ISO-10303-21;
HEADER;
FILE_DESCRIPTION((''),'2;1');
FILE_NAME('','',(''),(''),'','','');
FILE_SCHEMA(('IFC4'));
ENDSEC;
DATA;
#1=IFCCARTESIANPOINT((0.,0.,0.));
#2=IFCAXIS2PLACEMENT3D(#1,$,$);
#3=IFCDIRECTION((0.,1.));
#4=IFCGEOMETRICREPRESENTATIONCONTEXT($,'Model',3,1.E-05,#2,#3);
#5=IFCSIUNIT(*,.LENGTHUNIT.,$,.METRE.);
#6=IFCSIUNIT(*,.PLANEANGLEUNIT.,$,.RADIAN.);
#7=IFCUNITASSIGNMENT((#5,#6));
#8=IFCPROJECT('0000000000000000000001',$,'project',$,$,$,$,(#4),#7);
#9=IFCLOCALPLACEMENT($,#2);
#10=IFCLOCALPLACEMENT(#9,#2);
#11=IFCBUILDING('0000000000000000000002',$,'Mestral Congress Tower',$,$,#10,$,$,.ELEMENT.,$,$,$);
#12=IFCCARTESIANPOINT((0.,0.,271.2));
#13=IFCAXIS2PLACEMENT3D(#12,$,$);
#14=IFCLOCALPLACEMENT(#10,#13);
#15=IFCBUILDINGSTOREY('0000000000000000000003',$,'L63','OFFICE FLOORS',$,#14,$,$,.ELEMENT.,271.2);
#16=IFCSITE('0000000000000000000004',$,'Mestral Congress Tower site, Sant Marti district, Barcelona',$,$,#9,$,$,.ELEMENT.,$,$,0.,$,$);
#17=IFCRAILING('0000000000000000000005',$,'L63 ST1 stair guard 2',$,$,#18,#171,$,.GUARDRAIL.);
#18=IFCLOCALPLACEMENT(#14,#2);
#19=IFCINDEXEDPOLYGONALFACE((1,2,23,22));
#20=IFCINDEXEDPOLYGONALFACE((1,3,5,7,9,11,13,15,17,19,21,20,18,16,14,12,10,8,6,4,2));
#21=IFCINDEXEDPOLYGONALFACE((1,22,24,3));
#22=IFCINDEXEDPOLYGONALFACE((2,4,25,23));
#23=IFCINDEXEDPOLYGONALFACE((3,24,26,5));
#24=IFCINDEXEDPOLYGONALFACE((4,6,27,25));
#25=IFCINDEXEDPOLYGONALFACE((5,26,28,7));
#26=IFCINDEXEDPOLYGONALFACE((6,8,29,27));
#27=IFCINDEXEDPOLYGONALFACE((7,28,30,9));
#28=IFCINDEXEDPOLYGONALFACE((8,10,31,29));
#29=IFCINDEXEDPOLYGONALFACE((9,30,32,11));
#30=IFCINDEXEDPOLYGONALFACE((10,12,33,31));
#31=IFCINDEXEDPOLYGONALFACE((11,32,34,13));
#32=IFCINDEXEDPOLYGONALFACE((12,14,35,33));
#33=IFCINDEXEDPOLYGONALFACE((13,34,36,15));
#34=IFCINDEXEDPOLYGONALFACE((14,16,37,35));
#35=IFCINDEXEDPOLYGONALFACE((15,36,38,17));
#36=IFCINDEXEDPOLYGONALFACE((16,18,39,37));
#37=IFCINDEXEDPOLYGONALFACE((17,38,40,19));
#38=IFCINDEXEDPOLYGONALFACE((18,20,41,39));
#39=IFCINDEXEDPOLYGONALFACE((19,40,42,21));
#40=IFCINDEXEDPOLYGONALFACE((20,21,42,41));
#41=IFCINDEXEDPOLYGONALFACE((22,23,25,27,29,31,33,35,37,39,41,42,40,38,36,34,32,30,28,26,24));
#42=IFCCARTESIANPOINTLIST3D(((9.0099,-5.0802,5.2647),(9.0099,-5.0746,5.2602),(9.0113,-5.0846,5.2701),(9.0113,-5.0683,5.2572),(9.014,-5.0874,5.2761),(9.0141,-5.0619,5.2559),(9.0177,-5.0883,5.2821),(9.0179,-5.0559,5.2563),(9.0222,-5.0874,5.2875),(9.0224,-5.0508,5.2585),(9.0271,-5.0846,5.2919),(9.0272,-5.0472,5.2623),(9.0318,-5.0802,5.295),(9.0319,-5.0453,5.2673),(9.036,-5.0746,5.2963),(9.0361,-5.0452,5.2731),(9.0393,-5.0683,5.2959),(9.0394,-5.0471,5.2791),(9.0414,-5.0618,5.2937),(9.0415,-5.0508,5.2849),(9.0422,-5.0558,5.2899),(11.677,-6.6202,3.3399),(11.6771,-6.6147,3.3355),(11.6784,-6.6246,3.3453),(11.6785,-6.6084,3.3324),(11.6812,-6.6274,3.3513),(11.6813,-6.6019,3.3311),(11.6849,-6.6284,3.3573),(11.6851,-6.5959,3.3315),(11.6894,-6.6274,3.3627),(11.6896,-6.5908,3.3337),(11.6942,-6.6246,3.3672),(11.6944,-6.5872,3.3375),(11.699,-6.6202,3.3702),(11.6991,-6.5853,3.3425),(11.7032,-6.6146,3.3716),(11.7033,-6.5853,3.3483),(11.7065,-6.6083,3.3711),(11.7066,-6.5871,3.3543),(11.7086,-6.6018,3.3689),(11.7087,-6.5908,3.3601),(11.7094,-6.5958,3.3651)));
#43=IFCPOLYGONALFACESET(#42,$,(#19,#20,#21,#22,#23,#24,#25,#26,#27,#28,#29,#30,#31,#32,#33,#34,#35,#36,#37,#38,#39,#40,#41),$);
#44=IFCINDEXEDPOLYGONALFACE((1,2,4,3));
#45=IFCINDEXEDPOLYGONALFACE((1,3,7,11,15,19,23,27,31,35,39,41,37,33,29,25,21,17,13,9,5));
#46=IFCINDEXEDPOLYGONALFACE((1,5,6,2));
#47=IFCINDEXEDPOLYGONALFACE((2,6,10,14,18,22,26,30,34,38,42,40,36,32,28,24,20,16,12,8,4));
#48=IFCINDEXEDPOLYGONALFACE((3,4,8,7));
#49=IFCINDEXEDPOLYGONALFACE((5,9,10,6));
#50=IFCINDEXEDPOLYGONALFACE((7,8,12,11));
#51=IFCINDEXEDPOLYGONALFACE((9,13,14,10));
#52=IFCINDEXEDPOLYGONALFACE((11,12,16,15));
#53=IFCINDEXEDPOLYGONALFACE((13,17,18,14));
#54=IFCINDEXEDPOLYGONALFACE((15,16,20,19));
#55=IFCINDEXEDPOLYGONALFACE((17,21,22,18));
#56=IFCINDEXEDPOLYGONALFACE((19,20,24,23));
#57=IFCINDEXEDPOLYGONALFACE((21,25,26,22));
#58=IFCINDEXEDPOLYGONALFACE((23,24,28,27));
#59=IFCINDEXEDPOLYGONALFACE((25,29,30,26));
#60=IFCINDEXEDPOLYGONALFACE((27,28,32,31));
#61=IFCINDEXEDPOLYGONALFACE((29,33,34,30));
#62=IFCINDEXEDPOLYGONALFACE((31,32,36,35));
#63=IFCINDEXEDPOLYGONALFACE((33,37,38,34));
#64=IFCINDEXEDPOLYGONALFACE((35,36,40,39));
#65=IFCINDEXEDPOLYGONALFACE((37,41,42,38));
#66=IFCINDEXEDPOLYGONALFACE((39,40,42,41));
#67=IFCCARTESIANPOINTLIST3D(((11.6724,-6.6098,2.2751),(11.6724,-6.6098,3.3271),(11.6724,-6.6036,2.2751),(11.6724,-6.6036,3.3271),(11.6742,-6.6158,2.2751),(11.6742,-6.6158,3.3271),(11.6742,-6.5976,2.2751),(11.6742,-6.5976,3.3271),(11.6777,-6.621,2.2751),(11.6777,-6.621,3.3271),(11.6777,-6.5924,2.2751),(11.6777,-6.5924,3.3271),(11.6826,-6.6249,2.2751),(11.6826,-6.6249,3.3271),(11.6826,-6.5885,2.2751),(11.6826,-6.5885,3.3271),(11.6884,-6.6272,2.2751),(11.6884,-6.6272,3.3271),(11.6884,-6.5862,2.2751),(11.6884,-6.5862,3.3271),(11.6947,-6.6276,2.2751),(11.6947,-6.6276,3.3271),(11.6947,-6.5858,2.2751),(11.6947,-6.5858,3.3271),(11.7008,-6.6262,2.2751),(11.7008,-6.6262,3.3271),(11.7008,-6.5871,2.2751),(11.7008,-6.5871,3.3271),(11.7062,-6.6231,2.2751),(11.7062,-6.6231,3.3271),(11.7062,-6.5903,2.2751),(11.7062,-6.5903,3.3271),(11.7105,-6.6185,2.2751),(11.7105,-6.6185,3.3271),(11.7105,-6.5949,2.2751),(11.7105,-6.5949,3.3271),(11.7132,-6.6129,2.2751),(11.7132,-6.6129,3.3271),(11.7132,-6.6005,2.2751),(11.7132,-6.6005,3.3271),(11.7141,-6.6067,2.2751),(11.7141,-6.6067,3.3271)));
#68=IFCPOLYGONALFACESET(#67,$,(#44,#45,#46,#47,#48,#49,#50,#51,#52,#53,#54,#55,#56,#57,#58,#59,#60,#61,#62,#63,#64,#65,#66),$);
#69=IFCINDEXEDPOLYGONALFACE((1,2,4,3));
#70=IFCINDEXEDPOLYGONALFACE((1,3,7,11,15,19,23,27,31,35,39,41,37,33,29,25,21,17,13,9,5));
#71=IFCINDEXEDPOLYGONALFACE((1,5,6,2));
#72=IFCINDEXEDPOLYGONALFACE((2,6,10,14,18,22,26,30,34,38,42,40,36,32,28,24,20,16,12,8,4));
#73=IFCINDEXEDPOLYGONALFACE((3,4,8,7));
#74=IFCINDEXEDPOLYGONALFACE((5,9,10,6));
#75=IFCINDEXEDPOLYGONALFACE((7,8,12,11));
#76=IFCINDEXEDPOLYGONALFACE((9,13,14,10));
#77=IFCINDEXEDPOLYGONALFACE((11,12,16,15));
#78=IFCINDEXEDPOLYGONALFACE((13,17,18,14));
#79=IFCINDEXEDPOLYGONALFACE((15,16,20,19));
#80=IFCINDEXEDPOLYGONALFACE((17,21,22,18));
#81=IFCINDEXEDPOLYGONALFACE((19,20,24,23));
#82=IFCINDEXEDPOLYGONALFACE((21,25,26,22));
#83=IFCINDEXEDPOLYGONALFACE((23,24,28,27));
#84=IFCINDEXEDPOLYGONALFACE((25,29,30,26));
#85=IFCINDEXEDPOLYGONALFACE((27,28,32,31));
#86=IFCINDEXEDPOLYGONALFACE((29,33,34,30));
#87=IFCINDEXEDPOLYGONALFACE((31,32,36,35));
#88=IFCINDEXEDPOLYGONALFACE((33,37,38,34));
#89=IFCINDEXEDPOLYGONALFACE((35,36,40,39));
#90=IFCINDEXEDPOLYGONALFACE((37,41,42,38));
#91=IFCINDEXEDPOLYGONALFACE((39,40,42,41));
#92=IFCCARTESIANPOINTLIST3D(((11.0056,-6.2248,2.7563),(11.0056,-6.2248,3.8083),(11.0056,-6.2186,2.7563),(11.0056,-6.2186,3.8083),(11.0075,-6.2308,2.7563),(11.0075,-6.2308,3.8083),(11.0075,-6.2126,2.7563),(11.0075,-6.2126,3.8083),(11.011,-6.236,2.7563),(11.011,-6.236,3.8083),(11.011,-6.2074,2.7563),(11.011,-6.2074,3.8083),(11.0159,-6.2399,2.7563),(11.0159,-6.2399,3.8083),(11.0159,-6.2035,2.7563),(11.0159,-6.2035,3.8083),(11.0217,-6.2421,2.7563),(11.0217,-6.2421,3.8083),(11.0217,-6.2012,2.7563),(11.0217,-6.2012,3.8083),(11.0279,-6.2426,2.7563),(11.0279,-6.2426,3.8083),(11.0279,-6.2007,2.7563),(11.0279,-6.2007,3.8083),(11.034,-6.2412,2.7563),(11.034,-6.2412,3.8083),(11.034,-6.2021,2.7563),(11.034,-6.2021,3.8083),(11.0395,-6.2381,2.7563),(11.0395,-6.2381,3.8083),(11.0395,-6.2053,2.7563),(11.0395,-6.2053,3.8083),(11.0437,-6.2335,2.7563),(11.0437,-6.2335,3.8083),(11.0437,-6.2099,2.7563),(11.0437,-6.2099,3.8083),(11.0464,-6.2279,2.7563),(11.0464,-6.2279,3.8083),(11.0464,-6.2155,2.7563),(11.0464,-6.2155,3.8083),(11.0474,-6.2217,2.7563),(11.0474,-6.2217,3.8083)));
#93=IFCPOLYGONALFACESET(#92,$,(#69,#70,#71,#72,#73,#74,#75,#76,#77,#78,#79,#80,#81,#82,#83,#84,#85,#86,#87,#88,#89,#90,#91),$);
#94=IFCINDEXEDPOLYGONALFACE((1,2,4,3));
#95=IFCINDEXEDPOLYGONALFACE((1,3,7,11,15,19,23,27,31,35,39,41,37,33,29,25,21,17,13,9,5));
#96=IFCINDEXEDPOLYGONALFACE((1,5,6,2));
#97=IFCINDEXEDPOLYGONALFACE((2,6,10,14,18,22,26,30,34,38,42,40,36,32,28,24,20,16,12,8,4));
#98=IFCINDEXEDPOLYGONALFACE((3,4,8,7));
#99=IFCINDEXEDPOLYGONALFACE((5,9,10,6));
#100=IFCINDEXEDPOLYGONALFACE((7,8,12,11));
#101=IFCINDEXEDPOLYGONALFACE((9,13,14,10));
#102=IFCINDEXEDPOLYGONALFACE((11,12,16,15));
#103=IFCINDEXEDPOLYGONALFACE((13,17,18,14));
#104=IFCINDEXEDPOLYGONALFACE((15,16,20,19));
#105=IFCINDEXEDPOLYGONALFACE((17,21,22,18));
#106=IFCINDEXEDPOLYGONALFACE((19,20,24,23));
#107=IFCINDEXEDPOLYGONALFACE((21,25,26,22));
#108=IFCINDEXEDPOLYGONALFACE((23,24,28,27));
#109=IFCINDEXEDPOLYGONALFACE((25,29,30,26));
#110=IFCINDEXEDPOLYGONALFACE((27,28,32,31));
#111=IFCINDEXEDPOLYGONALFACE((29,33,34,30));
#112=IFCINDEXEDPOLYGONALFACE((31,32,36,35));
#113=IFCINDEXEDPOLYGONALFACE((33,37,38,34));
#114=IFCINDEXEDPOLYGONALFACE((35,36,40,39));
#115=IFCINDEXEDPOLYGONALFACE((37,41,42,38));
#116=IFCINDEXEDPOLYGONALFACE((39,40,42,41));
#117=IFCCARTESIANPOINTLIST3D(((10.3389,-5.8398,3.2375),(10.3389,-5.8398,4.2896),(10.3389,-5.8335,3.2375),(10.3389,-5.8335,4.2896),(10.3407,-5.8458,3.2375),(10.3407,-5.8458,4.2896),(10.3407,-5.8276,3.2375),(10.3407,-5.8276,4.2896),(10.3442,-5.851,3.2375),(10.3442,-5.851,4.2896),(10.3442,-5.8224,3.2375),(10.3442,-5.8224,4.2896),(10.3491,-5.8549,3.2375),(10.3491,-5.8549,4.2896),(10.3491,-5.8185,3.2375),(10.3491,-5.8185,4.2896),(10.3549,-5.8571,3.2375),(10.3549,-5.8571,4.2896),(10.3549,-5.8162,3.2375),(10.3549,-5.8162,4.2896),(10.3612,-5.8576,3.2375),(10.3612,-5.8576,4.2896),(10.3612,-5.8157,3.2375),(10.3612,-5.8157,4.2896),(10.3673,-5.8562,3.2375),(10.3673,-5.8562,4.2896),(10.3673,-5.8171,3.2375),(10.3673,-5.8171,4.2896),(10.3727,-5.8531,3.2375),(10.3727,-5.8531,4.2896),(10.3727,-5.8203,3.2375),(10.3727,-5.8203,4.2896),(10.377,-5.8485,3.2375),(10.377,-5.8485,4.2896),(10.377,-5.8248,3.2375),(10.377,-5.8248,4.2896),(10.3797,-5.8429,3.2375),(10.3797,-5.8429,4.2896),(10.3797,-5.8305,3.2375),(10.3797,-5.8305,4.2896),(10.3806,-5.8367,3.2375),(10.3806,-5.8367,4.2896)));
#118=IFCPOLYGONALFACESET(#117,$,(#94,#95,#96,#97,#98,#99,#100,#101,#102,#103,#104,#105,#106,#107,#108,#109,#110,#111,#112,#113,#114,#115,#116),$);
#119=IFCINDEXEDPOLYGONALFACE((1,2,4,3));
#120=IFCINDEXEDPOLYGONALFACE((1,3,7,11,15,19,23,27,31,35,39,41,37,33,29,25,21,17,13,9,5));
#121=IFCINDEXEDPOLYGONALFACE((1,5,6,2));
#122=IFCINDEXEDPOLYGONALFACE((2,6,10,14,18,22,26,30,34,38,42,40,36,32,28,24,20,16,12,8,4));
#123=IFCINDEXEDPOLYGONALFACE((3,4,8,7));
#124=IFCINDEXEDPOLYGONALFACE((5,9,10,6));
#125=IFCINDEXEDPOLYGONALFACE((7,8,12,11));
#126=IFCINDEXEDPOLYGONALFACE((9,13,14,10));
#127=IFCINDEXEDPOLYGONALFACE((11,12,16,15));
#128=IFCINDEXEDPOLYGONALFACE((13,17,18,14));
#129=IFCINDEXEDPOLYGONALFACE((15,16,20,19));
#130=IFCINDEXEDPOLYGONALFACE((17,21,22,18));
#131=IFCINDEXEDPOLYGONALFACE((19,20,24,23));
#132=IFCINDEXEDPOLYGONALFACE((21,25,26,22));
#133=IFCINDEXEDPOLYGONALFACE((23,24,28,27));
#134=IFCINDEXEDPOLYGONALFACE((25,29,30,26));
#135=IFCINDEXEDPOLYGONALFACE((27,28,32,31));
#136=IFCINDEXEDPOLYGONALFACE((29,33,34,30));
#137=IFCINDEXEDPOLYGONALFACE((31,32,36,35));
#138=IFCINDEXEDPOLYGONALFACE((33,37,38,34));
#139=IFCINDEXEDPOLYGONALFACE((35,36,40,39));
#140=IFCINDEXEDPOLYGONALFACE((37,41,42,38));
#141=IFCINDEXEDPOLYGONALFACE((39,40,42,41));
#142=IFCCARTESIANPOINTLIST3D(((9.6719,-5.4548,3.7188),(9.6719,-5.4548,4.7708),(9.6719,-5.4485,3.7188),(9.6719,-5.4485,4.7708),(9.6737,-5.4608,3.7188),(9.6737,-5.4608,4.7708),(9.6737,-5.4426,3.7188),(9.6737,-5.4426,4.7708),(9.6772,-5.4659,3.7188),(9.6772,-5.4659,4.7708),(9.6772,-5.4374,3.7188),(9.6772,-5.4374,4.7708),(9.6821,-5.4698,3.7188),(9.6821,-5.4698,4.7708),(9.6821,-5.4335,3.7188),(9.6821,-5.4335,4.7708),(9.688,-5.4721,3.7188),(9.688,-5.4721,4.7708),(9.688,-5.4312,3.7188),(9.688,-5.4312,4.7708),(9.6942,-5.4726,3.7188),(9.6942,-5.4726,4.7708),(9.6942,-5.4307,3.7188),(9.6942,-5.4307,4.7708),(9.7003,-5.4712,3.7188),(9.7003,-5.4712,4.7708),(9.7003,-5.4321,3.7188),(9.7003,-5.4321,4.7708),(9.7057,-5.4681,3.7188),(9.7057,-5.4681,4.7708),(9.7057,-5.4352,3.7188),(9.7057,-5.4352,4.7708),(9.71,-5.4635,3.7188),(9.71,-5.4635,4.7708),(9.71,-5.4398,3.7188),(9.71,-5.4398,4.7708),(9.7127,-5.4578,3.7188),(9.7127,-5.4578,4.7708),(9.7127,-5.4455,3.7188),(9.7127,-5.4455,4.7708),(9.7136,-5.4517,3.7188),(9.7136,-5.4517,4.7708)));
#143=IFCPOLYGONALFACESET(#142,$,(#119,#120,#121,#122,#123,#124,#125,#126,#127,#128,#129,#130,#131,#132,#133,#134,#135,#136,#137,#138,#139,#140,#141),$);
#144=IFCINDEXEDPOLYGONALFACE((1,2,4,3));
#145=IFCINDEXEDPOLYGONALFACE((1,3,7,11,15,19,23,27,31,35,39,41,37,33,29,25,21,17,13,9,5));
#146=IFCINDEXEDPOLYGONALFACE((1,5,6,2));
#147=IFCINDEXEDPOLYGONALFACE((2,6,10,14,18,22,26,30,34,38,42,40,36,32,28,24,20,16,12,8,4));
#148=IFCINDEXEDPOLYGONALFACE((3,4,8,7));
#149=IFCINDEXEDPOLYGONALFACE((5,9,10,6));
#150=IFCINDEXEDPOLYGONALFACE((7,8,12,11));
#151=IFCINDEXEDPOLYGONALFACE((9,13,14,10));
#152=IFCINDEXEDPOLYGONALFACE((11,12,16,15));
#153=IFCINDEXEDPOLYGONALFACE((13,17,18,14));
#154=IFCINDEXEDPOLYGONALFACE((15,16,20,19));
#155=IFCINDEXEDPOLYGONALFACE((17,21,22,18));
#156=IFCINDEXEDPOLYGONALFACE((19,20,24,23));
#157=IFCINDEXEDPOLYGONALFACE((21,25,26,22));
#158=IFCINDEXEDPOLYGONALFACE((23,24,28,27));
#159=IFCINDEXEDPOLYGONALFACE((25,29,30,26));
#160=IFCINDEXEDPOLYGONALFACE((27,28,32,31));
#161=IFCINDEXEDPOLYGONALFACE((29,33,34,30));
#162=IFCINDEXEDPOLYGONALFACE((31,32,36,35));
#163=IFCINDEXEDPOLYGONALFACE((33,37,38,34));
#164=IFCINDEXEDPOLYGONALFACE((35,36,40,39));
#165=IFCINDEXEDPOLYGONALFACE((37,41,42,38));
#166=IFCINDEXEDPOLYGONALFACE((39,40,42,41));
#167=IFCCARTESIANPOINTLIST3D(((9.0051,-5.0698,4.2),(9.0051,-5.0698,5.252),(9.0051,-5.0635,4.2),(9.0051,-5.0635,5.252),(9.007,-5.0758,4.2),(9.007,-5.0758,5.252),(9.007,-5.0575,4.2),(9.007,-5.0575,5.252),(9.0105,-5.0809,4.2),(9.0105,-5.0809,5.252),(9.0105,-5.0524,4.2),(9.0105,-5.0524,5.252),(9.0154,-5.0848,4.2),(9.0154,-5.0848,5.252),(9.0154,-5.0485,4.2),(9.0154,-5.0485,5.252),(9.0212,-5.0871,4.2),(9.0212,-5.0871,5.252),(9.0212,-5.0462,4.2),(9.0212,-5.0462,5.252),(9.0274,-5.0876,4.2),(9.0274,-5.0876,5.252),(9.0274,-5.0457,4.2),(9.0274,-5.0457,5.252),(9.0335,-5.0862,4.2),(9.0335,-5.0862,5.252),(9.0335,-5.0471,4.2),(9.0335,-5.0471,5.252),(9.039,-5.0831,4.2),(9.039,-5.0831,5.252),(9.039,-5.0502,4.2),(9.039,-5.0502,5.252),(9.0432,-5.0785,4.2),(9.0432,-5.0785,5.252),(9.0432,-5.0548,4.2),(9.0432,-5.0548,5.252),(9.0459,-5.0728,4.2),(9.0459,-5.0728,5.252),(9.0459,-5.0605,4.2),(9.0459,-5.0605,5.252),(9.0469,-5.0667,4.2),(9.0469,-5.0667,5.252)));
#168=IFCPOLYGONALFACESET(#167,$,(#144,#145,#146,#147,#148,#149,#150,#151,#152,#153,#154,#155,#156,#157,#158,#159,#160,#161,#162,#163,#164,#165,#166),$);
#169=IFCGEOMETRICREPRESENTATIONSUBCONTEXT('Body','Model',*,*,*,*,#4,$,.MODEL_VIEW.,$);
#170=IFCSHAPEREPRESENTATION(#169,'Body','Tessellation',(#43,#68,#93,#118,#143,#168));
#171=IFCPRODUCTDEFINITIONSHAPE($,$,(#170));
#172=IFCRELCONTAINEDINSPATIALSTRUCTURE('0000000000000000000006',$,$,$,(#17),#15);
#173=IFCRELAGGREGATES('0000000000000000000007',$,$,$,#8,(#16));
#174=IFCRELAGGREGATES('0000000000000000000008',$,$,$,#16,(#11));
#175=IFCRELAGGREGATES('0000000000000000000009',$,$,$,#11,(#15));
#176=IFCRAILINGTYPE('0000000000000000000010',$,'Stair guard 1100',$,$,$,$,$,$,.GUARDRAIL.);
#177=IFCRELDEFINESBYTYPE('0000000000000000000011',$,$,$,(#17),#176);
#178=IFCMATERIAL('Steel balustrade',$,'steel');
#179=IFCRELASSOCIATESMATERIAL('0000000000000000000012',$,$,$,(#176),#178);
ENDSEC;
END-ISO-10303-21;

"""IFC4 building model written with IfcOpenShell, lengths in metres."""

from ifc_helpers import new_model, si_unit, direction, frame, origin, origin_2d, place, context, subcontext, project, spatial, circle, extrude, material, type_object, element, save


model = new_model("IFC4")

# Units and contexts
model_context = context("Model", 3, precision=1e-05, world=origin(), true_north=direction((0.0, 1.0)))
body_context = subcontext(model_context, "Body", "Model", "MODEL_VIEW")
ifc_project = project(units=[si_unit("LENGTHUNIT", "METRE"), si_unit("PLANEANGLEUNIT", "RADIAN")], contexts=[model_context])

# Site, building, storey
site_placement = place(None, origin())
site = spatial("IfcSite", under=ifc_project, at=site_placement, Name="Mestral Congress Tower site, Sant Marti district, Barcelona", CompositionType="ELEMENT", RefElevation=0.0)
building_placement = place(site_placement, origin())
building = spatial("IfcBuilding", under=site, at=building_placement, Name="Mestral Congress Tower", CompositionType="ELEMENT")
storey_placement = place(building_placement, frame((0.0, 0.0, 271.2)))
storey = spatial("IfcBuildingStorey", under=building, at=storey_placement, Name="L63", Description="OFFICE FLOORS", CompositionType="ELEMENT", Elevation=271.2)

# Railing
ifc_material_1 = material(Name="Steel balustrade", Category="steel")
railing_type = type_object("IfcRailingType", Name="Stair guard 1100", PredefinedType="GUARDRAIL", material=ifc_material_1)
railing_placement = place(storey_placement, frame((11.6931, -6.6067, 2.2751)))
element("IfcRailing", 1, at=railing_placement, inside=storey, type_object=railing_type, Name="L63 ST1 stair guard 2", PredefinedType="GUARDRAIL", context=body_context, shape_type="SweptSolid", body=[
    extrude(circle(Radius=0.0239, at=origin_2d()), frame((0.0, 0.0, 1.0762), z_axis=(-0.73439, 0.424031, 0.529971), x_axis=(-0.500027, -0.86601, 0.0)), (0.0, 0.0, 1.0), 3.6318),
    extrude(circle(Radius=0.021, at=origin_2d()), origin(), (0.0, 0.0, 1.0), 1.052),
    extrude(circle(Radius=0.021, at=origin_2d()), frame((-0.6667, 0.385, 0.4812)), (0.0, 0.0, 1.0), 1.052),
    extrude(circle(Radius=0.021, at=origin_2d()), frame((-1.3335, 0.77, 0.9624)), (0.0, 0.0, 1.0), 1.052),
    extrude(circle(Radius=0.021, at=origin_2d()), frame((-2.0005, 1.155, 1.4436)), (0.0, 0.0, 1.0), 1.052),
    extrude(circle(Radius=0.021, at=origin_2d()), frame((-2.6672, 1.54, 1.9248)), (0.0, 0.0, 1.0), 1.052),
])

save(model, "model.ifc")
